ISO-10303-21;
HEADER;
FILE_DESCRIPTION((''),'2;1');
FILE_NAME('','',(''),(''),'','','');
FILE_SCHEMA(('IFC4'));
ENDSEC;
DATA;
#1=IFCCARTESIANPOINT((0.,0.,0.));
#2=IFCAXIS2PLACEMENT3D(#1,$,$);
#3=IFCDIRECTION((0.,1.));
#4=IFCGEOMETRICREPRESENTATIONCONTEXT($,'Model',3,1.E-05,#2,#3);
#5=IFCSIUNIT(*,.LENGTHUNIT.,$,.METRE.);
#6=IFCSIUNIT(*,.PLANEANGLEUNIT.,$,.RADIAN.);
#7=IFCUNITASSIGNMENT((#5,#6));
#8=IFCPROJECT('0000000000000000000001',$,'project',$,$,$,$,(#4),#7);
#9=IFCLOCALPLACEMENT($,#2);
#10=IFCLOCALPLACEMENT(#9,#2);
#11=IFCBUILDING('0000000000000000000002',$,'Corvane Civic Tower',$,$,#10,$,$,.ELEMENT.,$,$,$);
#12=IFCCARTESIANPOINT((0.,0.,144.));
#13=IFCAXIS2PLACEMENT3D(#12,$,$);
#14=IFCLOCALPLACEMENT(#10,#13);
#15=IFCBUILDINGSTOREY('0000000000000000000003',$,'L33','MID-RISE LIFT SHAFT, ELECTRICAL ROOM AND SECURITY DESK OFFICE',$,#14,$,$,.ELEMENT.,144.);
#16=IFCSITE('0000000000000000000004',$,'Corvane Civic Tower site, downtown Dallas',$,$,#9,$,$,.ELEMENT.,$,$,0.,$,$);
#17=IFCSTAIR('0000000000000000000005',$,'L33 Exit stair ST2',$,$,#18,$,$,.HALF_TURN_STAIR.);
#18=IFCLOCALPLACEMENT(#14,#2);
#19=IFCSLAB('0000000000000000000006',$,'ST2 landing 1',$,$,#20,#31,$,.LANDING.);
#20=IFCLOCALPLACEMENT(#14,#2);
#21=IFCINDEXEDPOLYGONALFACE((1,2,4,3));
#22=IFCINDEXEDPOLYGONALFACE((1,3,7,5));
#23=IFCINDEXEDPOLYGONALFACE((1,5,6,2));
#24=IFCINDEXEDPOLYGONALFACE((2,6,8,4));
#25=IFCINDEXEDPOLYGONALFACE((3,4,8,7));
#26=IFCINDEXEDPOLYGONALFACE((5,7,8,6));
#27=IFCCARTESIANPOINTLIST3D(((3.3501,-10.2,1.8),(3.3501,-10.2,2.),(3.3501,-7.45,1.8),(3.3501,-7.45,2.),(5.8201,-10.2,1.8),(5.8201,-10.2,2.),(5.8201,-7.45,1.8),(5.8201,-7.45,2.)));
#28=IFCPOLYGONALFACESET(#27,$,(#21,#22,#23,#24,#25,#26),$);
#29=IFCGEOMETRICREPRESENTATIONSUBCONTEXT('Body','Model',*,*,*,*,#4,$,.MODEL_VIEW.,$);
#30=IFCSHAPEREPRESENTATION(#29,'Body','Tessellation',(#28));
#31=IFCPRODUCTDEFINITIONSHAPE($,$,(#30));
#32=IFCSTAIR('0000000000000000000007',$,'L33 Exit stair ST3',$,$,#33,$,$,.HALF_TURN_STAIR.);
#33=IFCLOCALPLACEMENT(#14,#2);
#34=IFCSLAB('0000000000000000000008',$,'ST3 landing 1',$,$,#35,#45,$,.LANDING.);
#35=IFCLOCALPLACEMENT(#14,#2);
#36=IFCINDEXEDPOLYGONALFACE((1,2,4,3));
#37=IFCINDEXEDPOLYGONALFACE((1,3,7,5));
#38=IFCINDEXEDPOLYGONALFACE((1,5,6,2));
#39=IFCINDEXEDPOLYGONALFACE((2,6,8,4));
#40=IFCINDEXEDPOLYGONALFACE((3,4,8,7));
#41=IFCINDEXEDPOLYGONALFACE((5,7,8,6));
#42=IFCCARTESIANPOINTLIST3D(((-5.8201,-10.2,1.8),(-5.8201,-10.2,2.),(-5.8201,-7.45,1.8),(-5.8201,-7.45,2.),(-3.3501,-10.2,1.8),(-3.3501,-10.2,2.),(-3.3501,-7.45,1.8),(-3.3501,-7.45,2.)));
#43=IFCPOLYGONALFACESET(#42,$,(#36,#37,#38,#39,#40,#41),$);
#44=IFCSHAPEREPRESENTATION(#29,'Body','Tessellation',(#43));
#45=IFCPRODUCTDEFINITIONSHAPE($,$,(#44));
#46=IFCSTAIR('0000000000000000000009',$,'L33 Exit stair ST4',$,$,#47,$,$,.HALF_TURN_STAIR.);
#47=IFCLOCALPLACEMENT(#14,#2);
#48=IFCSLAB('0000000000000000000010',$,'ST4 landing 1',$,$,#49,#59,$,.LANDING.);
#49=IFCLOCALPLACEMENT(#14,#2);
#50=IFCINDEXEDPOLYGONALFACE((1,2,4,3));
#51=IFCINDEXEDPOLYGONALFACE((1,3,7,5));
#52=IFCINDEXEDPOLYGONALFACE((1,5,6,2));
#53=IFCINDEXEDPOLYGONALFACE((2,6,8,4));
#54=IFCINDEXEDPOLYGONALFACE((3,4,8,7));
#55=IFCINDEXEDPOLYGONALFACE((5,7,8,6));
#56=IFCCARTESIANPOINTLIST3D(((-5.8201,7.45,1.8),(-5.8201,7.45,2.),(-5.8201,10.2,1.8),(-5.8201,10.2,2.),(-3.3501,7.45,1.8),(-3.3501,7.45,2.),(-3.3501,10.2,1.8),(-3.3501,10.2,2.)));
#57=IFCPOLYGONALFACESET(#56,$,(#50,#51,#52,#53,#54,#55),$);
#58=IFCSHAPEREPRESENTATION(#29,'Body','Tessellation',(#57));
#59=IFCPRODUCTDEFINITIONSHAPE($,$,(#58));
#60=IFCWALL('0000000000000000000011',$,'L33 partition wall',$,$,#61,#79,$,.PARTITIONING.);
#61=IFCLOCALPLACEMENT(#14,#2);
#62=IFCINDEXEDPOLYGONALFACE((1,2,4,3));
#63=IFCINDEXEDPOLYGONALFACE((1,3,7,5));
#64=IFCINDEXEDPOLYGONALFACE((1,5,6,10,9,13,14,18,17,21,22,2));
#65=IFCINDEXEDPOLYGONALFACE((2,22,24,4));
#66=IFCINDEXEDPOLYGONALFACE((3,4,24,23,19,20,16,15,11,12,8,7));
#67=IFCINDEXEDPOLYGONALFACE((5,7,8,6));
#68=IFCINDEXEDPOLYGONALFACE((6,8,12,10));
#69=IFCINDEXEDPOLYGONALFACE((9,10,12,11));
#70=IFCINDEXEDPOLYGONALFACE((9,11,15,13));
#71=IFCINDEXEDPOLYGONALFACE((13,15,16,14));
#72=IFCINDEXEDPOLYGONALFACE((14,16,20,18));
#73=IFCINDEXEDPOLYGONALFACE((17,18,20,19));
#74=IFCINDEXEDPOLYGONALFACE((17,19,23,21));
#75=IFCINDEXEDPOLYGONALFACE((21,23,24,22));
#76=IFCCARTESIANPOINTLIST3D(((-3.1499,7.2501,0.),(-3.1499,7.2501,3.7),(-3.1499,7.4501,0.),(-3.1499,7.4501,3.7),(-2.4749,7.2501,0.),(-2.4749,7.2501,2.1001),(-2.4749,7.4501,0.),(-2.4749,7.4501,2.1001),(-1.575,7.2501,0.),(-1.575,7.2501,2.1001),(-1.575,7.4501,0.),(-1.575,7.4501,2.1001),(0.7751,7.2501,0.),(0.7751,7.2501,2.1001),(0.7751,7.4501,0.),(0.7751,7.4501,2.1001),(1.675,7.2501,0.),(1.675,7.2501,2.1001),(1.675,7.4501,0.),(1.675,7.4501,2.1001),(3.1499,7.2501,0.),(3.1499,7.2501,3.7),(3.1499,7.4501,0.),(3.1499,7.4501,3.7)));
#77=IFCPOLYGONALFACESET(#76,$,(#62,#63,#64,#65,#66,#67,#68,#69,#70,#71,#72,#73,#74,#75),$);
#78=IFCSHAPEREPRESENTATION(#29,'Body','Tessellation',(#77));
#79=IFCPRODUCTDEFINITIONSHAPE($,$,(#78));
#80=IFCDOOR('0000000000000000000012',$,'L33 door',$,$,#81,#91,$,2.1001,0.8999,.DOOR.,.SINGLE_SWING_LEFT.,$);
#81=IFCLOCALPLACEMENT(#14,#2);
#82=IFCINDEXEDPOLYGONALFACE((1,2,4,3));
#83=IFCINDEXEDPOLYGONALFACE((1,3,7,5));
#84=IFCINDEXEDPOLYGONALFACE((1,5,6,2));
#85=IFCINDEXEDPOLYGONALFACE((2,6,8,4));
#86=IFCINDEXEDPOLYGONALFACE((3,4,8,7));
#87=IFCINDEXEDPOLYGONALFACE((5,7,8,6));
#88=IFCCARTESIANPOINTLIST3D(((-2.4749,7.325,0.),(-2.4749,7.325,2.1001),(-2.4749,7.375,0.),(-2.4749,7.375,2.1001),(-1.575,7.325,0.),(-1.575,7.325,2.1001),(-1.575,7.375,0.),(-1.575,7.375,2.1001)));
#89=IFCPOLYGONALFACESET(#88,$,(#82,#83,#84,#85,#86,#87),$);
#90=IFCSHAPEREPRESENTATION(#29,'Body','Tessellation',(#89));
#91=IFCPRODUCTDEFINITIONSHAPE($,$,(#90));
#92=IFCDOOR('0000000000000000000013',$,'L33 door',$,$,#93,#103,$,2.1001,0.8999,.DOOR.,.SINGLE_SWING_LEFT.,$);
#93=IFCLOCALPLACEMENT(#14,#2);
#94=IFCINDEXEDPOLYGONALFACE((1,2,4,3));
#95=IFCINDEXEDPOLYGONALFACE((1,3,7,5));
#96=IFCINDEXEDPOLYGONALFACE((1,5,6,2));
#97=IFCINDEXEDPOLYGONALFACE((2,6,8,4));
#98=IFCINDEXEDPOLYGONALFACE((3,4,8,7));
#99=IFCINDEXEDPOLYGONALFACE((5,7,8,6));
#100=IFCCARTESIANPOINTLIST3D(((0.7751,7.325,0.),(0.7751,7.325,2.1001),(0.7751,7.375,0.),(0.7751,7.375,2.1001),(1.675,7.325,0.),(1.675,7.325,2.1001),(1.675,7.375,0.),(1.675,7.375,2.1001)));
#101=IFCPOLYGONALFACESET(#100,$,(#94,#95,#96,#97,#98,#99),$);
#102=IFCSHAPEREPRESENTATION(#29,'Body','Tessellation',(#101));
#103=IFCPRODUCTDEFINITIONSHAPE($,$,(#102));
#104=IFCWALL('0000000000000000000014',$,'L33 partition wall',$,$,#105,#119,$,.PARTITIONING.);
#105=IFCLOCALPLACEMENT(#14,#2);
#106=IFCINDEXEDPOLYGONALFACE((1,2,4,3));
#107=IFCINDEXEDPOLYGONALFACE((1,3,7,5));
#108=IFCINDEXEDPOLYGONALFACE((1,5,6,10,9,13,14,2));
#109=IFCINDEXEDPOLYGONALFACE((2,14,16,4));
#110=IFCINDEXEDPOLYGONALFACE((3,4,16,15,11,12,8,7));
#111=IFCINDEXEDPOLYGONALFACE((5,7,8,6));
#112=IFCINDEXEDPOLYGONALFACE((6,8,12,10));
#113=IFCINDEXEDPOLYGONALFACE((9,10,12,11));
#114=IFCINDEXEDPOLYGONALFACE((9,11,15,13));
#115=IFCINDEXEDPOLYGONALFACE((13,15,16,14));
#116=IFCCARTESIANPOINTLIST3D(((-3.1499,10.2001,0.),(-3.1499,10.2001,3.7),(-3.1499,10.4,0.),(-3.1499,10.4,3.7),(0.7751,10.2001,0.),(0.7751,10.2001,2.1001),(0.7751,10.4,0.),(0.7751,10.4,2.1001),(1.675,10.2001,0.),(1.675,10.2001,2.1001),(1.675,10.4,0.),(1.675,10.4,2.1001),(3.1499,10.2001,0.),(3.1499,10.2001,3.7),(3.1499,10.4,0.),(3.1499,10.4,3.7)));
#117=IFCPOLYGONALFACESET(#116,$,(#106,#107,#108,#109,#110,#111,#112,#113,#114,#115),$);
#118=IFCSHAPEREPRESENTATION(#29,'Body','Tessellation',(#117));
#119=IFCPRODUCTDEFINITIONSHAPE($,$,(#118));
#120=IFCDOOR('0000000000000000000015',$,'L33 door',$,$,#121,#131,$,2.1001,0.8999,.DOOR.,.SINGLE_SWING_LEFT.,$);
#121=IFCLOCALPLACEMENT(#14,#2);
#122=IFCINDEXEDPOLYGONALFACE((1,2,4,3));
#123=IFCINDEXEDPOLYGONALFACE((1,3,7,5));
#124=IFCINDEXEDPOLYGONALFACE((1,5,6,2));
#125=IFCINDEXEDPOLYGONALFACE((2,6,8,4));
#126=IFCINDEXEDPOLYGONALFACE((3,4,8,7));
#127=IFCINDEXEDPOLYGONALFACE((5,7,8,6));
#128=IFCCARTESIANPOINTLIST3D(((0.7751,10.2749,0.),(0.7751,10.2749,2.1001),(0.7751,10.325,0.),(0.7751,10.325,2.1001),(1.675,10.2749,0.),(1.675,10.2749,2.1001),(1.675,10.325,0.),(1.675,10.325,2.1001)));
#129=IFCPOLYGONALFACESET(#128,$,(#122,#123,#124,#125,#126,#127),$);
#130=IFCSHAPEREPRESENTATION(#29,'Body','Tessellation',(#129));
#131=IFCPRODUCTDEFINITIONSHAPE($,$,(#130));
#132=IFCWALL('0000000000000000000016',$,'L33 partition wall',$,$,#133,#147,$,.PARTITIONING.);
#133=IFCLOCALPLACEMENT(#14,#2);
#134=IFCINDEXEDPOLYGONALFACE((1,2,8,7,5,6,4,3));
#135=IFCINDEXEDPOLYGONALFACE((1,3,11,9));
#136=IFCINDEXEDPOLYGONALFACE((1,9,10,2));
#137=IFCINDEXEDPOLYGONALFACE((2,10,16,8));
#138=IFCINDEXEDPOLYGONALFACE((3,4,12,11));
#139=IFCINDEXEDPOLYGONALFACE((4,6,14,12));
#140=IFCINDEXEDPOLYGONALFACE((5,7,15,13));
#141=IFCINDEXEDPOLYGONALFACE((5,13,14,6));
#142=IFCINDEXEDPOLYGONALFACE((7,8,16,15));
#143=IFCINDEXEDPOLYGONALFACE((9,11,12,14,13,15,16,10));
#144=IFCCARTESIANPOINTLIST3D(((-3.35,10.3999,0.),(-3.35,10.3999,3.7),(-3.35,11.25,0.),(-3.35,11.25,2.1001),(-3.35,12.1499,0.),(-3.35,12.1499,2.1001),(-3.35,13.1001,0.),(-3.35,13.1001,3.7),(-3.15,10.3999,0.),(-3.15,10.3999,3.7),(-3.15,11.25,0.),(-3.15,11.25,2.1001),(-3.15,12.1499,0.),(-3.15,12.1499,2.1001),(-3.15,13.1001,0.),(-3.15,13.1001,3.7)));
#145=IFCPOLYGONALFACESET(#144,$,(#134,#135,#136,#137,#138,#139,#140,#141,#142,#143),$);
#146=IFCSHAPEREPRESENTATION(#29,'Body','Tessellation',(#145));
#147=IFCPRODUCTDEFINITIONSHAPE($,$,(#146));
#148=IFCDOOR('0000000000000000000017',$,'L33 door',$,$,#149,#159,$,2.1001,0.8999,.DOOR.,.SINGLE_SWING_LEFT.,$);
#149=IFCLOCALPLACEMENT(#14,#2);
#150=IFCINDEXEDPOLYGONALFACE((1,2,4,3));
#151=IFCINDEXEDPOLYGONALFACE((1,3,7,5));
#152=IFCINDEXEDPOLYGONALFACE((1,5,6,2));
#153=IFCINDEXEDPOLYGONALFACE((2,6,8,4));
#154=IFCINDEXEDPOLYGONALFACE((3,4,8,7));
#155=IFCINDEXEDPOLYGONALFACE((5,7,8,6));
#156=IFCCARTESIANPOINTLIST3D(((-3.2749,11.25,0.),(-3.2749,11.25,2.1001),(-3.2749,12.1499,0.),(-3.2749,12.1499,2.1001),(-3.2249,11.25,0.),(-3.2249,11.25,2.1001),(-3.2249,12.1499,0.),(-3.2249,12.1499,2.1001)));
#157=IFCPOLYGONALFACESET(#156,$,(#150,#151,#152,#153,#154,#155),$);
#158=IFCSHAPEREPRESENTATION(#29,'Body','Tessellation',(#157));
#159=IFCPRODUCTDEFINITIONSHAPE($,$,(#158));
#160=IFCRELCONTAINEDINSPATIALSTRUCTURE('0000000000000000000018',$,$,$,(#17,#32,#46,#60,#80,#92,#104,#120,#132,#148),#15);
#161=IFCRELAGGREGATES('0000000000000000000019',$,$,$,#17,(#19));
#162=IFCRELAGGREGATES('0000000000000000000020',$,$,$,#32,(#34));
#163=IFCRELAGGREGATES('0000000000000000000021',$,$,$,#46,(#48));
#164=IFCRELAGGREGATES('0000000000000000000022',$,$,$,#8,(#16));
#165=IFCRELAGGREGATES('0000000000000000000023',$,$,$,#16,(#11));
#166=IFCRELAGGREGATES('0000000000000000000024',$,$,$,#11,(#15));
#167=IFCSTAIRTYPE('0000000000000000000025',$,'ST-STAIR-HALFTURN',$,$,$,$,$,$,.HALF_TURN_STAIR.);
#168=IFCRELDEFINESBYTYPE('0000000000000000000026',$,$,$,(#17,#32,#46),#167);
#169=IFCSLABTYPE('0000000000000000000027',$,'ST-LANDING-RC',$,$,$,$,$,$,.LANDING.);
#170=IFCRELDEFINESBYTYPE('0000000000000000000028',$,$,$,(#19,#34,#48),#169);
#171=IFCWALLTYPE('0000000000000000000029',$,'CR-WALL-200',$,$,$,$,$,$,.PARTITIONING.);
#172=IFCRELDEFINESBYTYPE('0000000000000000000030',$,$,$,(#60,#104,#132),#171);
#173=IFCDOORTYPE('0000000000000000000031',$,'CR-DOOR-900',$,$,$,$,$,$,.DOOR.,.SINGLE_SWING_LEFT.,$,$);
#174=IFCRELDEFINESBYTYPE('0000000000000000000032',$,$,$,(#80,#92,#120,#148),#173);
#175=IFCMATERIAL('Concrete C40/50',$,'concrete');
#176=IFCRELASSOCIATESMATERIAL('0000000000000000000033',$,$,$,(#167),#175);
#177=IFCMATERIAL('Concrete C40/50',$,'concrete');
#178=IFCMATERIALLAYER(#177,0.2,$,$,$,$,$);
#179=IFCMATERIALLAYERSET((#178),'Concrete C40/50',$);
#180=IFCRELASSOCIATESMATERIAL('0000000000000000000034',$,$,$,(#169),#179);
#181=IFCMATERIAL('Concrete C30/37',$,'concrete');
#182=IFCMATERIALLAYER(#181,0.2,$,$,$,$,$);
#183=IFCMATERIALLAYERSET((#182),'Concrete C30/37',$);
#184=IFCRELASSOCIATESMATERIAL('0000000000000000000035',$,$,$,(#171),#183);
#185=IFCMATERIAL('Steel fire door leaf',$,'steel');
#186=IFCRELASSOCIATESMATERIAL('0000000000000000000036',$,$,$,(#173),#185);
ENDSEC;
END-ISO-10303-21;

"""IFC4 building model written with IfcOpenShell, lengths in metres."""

from ifc_helpers import new_model, si_unit, direction, frame, frame_2d, origin, place, context, subcontext, project, spatial, polyline, rectangle, outline, extrude, material, layer, layer_set, type_object, element, fill, aggregate, save


model = new_model("IFC4")

# Units and contexts
model_context = context("Model", 3, precision=1e-05, world=origin(), true_north=direction((0.0, 1.0)))
body_context = subcontext(model_context, "Body", "Model", "MODEL_VIEW")
ifc_project = project(units=[si_unit("LENGTHUNIT", "METRE"), si_unit("PLANEANGLEUNIT", "RADIAN")], contexts=[model_context])

# Site, building, storey
site_placement = place(None, origin())
site = spatial("IfcSite", under=ifc_project, at=site_placement, Name="Corvane Civic Tower site, downtown Dallas", CompositionType="ELEMENT", RefElevation=0.0)
building_placement = place(site_placement, origin())
building = spatial("IfcBuilding", under=site, at=building_placement, Name="Corvane Civic Tower", CompositionType="ELEMENT")
storey_placement = place(building_placement, frame((0.0, 0.0, 144.0)))
storey = spatial("IfcBuildingStorey", under=building, at=storey_placement, Name="L33", Description="MID-RISE LIFT SHAFT, ELECTRICAL ROOM AND SECURITY DESK OFFICE", CompositionType="ELEMENT", Elevation=144.0)

# Stairs, slabs
ifc_material_1 = material(Name="Concrete C40/50", Category="concrete")
stair_type = type_object("IfcStairType", Name="ST-STAIR-HALFTURN", PredefinedType="HALF_TURN_STAIR", material=ifc_material_1)
stair_1_placement = place(storey_placement, origin())
stair_1 = element("IfcStair", 1, at=stair_1_placement, inside=storey, type_object=stair_type, Name="L33 Exit stair ST2", PredefinedType="HALF_TURN_STAIR")
ifc_material_2 = material(Name="Concrete C40/50", Category="concrete")
ifc_layer_1 = layer(ifc_material_2, 0.2)
ifc_layer_set_1 = layer_set([ifc_layer_1], Name="Concrete C40/50")
slab_type = type_object("IfcSlabType", Name="ST-LANDING-RC", PredefinedType="LANDING", material=ifc_layer_set_1)
slab_1_placement = place(storey_placement, frame((0.0, 0.0, 1.8)))
slab_1 = element("IfcSlab", 2, at=slab_1_placement, type_object=slab_type, Name="ST2 landing 1", PredefinedType="LANDING", context=body_context, shape_type="SweptSolid", body=[
    extrude(outline(polyline([(5.8201, -7.45), (3.3501, -7.45), (3.3501, -10.2), (5.8201, -10.2), (5.8201, -7.45)])), origin(), (0.0, 0.0, 1.0), 0.2),
])
aggregate(stair_1, [slab_1])
stair_2_placement = place(storey_placement, origin())
stair_2 = element("IfcStair", 3, at=stair_2_placement, inside=storey, type_object=stair_type, Name="L33 Exit stair ST3", PredefinedType="HALF_TURN_STAIR")
slab_2_placement = place(storey_placement, frame((0.0, 0.0, 1.8)))
slab_2 = element("IfcSlab", 4, at=slab_2_placement, type_object=slab_type, Name="ST3 landing 1", PredefinedType="LANDING", context=body_context, shape_type="SweptSolid", body=[
    extrude(outline(polyline([(-5.8201, -10.2), (-3.3501, -10.2), (-3.3501, -7.45), (-5.8201, -7.45), (-5.8201, -10.2)])), origin(), (0.0, 0.0, 1.0), 0.2),
])
aggregate(stair_2, [slab_2])
stair_3_placement = place(storey_placement, origin())
stair_3 = element("IfcStair", 5, at=stair_3_placement, inside=storey, type_object=stair_type, Name="L33 Exit stair ST4", PredefinedType="HALF_TURN_STAIR")
slab_3_placement = place(storey_placement, frame((0.0, 0.0, 1.8)))
slab_3 = element("IfcSlab", 6, at=slab_3_placement, type_object=slab_type, Name="ST4 landing 1", PredefinedType="LANDING", context=body_context, shape_type="SweptSolid", body=[
    extrude(outline(polyline([(-5.8201, 7.45), (-3.3501, 7.45), (-3.3501, 10.2), (-5.8201, 10.2), (-5.8201, 7.45)])), origin(), (0.0, 0.0, 1.0), 0.2),
])

# Wall, openings, doors
ifc_material_3 = material(Name="Concrete C30/37", Category="concrete")
ifc_layer_2 = layer(ifc_material_3, 0.2)
ifc_layer_set_2 = layer_set([ifc_layer_2], Name="Concrete C30/37")
wall_type = type_object("IfcWallType", Name="CR-WALL-200", PredefinedType="PARTITIONING", material=ifc_layer_set_2)
wall_1_placement = place(storey_placement, frame((-3.1499, 7.3501, 0.0), z_axis=(0.0, 0.0, 1.0), x_axis=(1.0, 0.0, 0.0)))
wall_1 = element("IfcWall", 7, at=wall_1_placement, inside=storey, type_object=wall_type, Name="L33 partition wall", PredefinedType="PARTITIONING", context=body_context, shape_type="SweptSolid", body=[
    extrude(rectangle(XDim=6.2998, YDim=0.2, at=frame_2d((3.1499, 0.0))), origin(), (0.0, 0.0, 1.0), 3.7),
])
opening_1_placement = place(wall_1_placement, frame((0.675, 0.0, 0.0)))
opening_1 = element("IfcOpeningElement", 8, at=opening_1_placement, cuts=wall_1, PredefinedType="OPENING", context=body_context, shape_type="SweptSolid", body=[
    extrude(rectangle(XDim=0.8999, YDim=2.1001, at=frame_2d((0.45, 1.05))), frame((0.0, 0.1099, 0.0), z_axis=(0.0, -1.0, 0.0), x_axis=(1.0, 0.0, 0.0)), (0.0, 0.0, 1.0), 0.22),
])
opening_2_placement = place(wall_1_placement, frame((3.925, 0.0, 0.0)))
opening_2 = element("IfcOpeningElement", 9, at=opening_2_placement, cuts=wall_1, PredefinedType="OPENING", context=body_context, shape_type="SweptSolid", body=[
    extrude(rectangle(XDim=0.8999, YDim=2.1001, at=frame_2d((0.45, 1.05))), frame((0.0, 0.1099, 0.0), z_axis=(0.0, -1.0, 0.0), x_axis=(1.0, 0.0, 0.0)), (0.0, 0.0, 1.0), 0.22),
])
ifc_material_4 = material(Name="Steel fire door leaf", Category="steel")
door_type_1 = type_object("IfcDoorType", Name="CR-DOOR-900", OperationType="SINGLE_SWING_LEFT", PredefinedType="DOOR", material=ifc_material_4)
door_1_placement = place(opening_1_placement, origin())
door_1 = element("IfcDoor", 10, at=door_1_placement, inside=storey, type_object=door_type_1, Name="L33 door", OperationType="SINGLE_SWING_LEFT", OverallHeight=2.1001, OverallWidth=0.8999, PredefinedType="DOOR", context=body_context, shape_type="SweptSolid", body=[
    extrude(rectangle(XDim=0.8999, YDim=2.1001, at=frame_2d((0.45, 1.05))), frame((0.0, 0.0249, 0.0), z_axis=(0.0, -1.0, 0.0), x_axis=(1.0, 0.0, 0.0)), (0.0, 0.0, 1.0), 0.05),
])
fill(opening_1, door_1)
door_2_placement = place(opening_2_placement, origin())
door_2 = element("IfcDoor", 11, at=door_2_placement, inside=storey, type_object=door_type_1, Name="L33 door", OperationType="SINGLE_SWING_LEFT", OverallHeight=2.1001, OverallWidth=0.8999, PredefinedType="DOOR", context=body_context, shape_type="SweptSolid", body=[
    extrude(rectangle(XDim=0.8999, YDim=2.1001, at=frame_2d((0.45, 1.05))), frame((0.0, 0.0249, 0.0), z_axis=(0.0, -1.0, 0.0), x_axis=(1.0, 0.0, 0.0)), (0.0, 0.0, 1.0), 0.05),
])
fill(opening_2, door_2)

# Walls, openings, doors
wall_2_placement = place(storey_placement, frame((-3.1499, 10.3, 0.0), z_axis=(0.0, 0.0, 1.0), x_axis=(1.0, 0.0, 0.0)))
wall_2 = element("IfcWall", 12, at=wall_2_placement, inside=storey, type_object=wall_type, Name="L33 partition wall", PredefinedType="PARTITIONING", context=body_context, shape_type="SweptSolid", body=[
    extrude(rectangle(XDim=6.2998, YDim=0.2, at=frame_2d((3.1499, 0.0))), origin(), (0.0, 0.0, 1.0), 3.7),
])
opening_3_placement = place(wall_2_placement, frame((3.925, 0.0, 0.0)))
opening_3 = element("IfcOpeningElement", 13, at=opening_3_placement, cuts=wall_2, PredefinedType="OPENING", context=body_context, shape_type="SweptSolid", body=[
    extrude(rectangle(XDim=0.8999, YDim=2.1001, at=frame_2d((0.45, 1.05))), frame((0.0, 0.1099, 0.0), z_axis=(0.0, -1.0, 0.0), x_axis=(1.0, 0.0, 0.0)), (0.0, 0.0, 1.0), 0.22),
])
door_3_placement = place(opening_3_placement, origin())
door_3 = element("IfcDoor", 14, at=door_3_placement, inside=storey, type_object=door_type_1, Name="L33 door", OperationType="SINGLE_SWING_LEFT", OverallHeight=2.1001, OverallWidth=0.8999, PredefinedType="DOOR", context=body_context, shape_type="SweptSolid", body=[
    extrude(rectangle(XDim=0.8999, YDim=2.1001, at=frame_2d((0.45, 1.05))), frame((0.0, 0.0249, 0.0), z_axis=(0.0, -1.0, 0.0), x_axis=(1.0, 0.0, 0.0)), (0.0, 0.0, 1.0), 0.05),
])
fill(opening_3, door_3)
wall_3_placement = place(storey_placement, frame((-3.25, 10.3999, 0.0), z_axis=(0.0, 0.0, 1.0), x_axis=(0.0, 1.0, 0.0)))
wall_3 = element("IfcWall", 15, at=wall_3_placement, inside=storey, type_object=wall_type, Name="L33 partition wall", PredefinedType="PARTITIONING", context=body_context, shape_type="SweptSolid", body=[
    extrude(rectangle(XDim=2.7002, YDim=0.2, at=frame_2d((1.3501, 0.0))), origin(), (0.0, 0.0, 1.0), 3.7),
])
opening_4_placement = place(wall_3_placement, frame((0.8501, 0.0, 0.0)))
opening_4 = element("IfcOpeningElement", 16, at=opening_4_placement, cuts=wall_3, PredefinedType="OPENING", context=body_context, shape_type="SweptSolid", body=[
    extrude(rectangle(XDim=0.8999, YDim=2.1001, at=frame_2d((0.45, 1.05))), frame((0.0, 0.1099, 0.0), z_axis=(0.0, -1.0, 0.0), x_axis=(1.0, 0.0, 0.0)), (0.0, 0.0, 1.0), 0.22),
])
door_4_placement = place(opening_4_placement, origin())
door_4 = element("IfcDoor", 17, at=door_4_placement, inside=storey, type_object=door_type_1, Name="L33 door", OperationType="SINGLE_SWING_LEFT", OverallHeight=2.1001, OverallWidth=0.8999, PredefinedType="DOOR", context=body_context, shape_type="SweptSolid", body=[
    extrude(rectangle(XDim=0.8999, YDim=2.1001, at=frame_2d((0.45, 1.05))), frame((0.0, 0.0249, 0.0), z_axis=(0.0, -1.0, 0.0), x_axis=(1.0, 0.0, 0.0)), (0.0, 0.0, 1.0), 0.05),
])
fill(opening_4, door_4)

aggregate(stair_3, [slab_3])

save(model, "model.ifc")
